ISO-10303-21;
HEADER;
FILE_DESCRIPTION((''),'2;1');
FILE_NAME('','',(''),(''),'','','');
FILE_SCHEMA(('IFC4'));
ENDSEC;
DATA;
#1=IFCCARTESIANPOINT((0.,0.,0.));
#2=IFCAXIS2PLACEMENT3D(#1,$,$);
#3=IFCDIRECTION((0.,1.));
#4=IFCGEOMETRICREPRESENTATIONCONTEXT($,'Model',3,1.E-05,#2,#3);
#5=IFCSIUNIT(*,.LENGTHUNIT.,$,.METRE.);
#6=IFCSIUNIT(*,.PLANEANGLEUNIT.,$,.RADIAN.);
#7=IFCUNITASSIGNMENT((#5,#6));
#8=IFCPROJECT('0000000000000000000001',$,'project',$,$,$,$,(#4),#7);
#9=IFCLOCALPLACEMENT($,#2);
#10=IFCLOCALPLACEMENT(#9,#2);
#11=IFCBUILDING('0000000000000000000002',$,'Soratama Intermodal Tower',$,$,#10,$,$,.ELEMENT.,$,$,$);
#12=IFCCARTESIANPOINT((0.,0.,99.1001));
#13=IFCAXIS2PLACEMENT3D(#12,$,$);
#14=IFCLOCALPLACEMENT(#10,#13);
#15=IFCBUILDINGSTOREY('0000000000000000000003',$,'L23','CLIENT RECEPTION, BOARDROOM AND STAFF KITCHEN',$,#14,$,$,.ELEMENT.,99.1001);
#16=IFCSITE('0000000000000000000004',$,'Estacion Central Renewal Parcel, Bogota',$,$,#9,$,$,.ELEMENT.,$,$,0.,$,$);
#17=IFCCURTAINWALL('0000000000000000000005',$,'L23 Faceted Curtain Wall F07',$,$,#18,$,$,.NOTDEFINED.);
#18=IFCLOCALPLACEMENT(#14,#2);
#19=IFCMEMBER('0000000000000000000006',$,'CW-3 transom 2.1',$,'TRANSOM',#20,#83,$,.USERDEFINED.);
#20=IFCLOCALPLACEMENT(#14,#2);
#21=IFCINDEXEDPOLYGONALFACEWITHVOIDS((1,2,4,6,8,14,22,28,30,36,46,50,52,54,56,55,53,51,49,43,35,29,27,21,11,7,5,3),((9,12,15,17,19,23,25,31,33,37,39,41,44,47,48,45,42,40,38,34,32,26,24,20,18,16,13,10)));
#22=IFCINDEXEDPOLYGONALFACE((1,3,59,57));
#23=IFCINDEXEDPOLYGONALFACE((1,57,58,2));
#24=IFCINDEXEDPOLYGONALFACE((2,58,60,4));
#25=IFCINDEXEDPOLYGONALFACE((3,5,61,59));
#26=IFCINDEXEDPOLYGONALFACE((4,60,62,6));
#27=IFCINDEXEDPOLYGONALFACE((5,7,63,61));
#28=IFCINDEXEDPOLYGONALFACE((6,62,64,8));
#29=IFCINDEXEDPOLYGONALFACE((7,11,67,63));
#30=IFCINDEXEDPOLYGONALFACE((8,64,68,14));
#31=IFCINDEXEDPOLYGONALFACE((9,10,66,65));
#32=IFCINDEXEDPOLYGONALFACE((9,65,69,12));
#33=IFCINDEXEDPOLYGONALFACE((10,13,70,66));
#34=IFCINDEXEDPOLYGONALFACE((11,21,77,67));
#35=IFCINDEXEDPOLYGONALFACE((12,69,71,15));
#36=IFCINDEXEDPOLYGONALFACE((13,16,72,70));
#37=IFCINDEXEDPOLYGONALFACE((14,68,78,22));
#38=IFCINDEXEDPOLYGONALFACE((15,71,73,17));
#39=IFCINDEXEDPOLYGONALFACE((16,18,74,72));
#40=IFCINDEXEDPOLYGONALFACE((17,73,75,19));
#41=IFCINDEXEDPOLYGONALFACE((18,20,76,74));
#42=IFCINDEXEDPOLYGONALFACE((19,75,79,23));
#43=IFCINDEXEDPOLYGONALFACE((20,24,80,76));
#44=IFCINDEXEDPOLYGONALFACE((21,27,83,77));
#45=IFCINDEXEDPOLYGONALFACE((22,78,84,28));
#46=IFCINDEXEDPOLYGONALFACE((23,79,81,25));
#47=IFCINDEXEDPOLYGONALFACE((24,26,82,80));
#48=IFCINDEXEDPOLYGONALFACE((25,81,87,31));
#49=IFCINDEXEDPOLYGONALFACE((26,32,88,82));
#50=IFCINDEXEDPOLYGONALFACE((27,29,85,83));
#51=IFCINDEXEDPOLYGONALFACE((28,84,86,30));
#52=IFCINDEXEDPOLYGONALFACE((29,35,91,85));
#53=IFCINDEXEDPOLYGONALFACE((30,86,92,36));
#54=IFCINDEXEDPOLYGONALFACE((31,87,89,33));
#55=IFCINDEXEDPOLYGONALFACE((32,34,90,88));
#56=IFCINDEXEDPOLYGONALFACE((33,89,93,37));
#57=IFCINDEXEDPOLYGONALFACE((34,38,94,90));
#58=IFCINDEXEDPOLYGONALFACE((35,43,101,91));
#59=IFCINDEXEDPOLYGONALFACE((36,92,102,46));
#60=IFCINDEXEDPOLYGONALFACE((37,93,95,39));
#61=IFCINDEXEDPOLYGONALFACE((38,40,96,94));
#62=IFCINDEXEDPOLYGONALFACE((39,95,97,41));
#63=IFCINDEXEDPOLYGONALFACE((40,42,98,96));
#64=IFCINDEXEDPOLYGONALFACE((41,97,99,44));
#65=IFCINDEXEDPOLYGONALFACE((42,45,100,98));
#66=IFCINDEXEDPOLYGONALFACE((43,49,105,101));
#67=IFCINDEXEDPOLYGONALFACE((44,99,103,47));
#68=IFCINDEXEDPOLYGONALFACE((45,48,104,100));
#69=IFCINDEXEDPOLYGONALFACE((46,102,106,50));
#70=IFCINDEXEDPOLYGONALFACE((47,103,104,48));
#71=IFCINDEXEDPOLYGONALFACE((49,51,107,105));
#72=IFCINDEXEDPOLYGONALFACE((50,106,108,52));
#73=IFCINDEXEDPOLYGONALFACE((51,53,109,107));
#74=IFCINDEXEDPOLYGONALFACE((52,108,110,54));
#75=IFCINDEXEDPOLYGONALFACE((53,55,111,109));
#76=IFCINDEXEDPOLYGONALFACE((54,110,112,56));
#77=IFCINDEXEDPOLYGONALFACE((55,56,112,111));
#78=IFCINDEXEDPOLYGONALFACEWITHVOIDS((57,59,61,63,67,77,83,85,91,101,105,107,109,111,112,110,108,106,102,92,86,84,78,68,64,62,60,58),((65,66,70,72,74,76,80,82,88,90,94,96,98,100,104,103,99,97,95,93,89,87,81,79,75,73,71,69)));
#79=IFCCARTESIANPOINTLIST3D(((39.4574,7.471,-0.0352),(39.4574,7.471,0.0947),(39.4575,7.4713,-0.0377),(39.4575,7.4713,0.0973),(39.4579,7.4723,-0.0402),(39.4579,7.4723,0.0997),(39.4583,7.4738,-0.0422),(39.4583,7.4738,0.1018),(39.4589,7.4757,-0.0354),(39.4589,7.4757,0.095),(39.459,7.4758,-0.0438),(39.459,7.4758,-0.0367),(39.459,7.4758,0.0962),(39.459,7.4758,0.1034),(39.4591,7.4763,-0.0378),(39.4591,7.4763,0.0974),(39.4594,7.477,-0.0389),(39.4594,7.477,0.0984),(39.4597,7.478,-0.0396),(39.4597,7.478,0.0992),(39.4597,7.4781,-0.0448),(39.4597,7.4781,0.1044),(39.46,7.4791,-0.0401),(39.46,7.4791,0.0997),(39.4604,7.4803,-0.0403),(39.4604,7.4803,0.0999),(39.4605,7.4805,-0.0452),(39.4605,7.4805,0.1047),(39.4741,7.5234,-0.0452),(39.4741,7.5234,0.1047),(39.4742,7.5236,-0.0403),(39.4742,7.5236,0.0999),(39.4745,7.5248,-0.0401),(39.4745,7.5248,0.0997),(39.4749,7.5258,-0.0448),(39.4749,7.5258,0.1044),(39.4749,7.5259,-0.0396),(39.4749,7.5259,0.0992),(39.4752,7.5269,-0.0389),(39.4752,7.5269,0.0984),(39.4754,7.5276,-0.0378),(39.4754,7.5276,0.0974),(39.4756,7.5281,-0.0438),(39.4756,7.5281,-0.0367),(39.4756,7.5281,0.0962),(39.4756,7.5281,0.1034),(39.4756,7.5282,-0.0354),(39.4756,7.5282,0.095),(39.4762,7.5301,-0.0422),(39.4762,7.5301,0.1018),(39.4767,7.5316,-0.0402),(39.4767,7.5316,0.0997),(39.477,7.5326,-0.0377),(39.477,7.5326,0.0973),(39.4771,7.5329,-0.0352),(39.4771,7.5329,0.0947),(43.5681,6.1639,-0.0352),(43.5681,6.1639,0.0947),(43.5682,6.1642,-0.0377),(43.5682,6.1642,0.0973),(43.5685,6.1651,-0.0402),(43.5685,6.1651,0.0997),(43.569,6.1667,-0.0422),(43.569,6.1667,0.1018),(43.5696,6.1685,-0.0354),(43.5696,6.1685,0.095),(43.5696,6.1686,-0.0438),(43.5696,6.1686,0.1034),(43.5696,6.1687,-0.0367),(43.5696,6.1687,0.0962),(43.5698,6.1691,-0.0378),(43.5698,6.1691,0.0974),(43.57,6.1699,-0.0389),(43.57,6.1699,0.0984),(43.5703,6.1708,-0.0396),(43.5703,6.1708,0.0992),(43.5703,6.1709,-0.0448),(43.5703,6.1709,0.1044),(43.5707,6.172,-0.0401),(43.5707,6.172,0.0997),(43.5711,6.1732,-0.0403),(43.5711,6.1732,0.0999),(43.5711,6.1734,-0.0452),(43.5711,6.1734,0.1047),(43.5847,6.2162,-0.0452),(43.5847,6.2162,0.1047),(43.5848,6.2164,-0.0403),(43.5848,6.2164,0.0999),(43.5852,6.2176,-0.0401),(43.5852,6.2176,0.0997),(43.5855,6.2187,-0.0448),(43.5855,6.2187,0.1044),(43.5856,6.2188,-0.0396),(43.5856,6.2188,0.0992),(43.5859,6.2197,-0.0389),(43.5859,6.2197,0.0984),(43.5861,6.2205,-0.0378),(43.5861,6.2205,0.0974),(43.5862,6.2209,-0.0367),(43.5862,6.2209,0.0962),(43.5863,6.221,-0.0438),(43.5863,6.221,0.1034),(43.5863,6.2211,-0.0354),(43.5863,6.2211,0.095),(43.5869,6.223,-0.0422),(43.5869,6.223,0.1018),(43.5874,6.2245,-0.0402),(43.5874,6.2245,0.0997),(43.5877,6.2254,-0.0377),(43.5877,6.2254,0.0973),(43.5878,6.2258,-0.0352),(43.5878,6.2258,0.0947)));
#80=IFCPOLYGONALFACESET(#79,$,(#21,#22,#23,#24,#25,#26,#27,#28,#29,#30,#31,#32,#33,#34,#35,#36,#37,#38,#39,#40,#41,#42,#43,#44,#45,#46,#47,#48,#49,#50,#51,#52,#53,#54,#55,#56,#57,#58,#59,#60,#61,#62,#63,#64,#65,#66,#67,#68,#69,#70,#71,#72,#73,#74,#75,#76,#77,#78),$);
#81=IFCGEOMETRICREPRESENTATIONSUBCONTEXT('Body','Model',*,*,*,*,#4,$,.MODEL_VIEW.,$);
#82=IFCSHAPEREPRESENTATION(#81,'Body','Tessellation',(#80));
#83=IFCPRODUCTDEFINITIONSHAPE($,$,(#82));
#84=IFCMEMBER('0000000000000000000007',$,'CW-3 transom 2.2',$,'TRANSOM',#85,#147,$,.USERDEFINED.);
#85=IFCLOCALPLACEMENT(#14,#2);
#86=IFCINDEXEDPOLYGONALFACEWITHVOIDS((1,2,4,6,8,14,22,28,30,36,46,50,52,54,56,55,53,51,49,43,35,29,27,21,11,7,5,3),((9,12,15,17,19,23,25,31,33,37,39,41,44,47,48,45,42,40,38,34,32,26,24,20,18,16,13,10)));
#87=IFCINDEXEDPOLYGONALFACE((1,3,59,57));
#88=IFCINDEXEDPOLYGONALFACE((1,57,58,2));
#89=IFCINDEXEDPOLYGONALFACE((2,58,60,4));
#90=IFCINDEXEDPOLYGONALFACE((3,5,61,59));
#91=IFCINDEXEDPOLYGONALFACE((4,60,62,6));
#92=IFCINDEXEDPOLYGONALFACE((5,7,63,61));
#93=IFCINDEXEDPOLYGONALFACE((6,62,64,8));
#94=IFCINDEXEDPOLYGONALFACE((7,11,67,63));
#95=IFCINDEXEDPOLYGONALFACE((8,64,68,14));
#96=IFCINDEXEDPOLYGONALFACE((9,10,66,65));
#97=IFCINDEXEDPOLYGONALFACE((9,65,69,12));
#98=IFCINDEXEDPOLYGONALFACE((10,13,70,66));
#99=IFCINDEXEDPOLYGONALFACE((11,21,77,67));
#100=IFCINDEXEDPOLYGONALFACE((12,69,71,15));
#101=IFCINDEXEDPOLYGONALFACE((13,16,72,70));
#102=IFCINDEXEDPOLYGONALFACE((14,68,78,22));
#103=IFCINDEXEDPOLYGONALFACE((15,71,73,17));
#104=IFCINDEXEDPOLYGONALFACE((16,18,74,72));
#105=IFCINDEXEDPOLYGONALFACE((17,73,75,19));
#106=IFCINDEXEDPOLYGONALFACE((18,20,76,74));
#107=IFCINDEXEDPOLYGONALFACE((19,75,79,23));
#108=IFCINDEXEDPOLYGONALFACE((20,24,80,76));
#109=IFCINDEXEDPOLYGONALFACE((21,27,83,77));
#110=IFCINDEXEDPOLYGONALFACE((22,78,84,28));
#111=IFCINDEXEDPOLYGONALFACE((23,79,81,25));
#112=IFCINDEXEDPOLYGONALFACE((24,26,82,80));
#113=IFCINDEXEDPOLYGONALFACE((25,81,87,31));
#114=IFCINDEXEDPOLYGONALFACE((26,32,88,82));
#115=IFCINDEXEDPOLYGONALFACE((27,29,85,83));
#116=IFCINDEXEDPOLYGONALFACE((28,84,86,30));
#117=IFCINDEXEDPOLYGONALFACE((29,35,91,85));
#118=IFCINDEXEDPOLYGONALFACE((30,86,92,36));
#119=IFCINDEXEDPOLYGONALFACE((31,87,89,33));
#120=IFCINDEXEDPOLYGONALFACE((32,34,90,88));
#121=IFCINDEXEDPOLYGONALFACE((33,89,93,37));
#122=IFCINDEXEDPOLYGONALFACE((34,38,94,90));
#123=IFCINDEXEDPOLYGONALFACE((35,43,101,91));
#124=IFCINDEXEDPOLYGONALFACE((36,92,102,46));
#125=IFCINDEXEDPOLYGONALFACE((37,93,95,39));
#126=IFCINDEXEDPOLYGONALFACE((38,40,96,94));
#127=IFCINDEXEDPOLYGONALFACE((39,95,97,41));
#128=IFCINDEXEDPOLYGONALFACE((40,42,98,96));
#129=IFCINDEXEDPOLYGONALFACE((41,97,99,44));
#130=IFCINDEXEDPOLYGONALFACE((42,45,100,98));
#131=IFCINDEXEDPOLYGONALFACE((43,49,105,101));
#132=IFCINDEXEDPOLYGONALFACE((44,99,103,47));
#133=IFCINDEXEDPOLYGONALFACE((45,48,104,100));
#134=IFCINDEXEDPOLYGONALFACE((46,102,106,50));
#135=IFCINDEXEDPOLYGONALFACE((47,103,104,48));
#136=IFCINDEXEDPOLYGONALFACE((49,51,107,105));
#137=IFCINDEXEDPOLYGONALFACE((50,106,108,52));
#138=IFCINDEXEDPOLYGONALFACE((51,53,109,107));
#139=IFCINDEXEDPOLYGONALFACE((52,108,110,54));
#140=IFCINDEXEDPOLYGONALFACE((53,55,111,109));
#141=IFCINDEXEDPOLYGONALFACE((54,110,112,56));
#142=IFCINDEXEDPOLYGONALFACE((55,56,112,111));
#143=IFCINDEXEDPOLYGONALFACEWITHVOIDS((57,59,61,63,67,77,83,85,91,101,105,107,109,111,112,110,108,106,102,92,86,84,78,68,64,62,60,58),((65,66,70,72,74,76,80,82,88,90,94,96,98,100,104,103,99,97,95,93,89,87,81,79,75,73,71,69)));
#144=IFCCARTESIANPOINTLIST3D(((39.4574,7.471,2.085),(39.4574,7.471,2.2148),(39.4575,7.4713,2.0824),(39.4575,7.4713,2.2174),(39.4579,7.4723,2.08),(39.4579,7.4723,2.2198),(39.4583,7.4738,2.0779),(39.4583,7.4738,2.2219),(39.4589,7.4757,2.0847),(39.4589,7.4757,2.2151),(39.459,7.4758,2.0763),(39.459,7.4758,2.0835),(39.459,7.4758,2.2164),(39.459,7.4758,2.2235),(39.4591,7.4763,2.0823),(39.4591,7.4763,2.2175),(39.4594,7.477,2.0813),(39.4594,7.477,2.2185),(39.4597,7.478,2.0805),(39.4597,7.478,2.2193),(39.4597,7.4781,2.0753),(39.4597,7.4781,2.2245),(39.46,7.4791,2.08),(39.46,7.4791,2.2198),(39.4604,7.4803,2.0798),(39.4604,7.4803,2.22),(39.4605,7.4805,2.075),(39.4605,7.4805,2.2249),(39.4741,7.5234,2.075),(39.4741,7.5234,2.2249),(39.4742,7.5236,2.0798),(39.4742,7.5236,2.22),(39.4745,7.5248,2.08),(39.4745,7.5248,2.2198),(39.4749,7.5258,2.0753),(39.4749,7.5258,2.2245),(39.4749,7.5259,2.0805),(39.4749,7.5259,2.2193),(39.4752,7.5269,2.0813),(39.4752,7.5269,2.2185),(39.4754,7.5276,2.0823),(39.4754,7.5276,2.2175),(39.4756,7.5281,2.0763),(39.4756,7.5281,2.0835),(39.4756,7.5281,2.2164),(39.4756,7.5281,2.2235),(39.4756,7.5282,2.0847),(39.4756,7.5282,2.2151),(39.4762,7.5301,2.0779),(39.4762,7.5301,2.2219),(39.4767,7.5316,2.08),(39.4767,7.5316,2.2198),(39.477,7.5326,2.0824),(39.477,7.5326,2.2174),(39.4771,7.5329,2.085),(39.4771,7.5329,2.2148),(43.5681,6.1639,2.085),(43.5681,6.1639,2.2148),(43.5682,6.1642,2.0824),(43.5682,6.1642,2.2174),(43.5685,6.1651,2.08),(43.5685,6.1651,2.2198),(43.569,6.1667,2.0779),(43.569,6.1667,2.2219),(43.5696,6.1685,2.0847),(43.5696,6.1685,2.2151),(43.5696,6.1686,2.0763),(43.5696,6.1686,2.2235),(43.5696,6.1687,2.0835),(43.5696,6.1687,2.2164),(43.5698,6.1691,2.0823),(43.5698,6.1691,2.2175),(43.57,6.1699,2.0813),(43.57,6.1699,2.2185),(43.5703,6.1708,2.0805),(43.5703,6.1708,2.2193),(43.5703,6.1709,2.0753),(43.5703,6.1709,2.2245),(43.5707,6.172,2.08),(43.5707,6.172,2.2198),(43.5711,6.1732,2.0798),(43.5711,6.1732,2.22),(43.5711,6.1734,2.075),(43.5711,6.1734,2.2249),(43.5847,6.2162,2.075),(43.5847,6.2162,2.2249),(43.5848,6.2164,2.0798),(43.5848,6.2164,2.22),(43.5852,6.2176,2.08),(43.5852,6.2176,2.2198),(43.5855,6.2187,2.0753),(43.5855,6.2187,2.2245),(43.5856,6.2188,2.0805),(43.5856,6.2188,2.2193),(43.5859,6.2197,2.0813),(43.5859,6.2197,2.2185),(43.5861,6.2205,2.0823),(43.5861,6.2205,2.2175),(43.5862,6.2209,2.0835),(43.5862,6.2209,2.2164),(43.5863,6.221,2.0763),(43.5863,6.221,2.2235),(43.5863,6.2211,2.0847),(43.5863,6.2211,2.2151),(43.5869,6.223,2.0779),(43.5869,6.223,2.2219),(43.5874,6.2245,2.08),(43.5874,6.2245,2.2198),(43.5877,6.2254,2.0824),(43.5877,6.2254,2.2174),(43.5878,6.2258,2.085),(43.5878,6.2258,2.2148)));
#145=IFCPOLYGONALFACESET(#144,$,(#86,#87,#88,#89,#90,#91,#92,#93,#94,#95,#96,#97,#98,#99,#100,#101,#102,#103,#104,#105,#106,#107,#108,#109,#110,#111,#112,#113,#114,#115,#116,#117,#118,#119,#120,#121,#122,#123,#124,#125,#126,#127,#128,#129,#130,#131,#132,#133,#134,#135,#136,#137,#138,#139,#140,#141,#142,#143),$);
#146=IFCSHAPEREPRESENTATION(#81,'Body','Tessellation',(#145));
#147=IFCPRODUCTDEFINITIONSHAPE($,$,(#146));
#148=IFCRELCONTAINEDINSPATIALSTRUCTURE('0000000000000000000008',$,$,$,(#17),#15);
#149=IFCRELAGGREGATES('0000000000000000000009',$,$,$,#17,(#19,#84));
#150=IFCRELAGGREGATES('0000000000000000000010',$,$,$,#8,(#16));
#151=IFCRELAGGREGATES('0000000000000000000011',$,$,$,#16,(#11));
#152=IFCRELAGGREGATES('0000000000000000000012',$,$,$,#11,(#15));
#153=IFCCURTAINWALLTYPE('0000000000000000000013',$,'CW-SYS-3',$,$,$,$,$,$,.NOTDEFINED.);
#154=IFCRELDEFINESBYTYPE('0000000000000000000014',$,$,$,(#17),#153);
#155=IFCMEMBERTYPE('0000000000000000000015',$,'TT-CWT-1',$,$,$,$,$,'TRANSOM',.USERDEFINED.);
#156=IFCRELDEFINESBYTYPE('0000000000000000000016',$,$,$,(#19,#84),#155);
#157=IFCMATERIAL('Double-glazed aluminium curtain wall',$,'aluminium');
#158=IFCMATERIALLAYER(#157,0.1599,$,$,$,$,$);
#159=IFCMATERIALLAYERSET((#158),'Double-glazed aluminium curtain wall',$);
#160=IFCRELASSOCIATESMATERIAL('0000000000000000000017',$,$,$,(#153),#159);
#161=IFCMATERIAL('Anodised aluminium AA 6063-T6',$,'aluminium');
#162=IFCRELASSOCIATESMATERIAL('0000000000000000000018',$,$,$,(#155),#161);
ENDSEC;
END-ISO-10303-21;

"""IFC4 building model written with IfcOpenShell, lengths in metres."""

from ifc_helpers import new_model, si_unit, direction, frame, origin, origin_2d, place, context, subcontext, project, spatial, hollow_rectangle, extrude, material, layer, layer_set, material_profile, profile_set, type_object, element, aggregate, save


model = new_model("IFC4")

# Units and contexts
model_context = context("Model", 3, precision=1e-05, world=origin(), true_north=direction((0.0, 1.0)))
body_context = subcontext(model_context, "Body", "Model", "MODEL_VIEW")
ifc_project = project(units=[si_unit("LENGTHUNIT", "METRE"), si_unit("PLANEANGLEUNIT", "RADIAN")], contexts=[model_context])

# Site, building, storey
site_placement = place(None, origin())
site = spatial("IfcSite", under=ifc_project, at=site_placement, Name="Estacion Central Renewal Parcel, Bogota", CompositionType="ELEMENT", RefElevation=0.0)
building_placement = place(site_placement, origin())
building = spatial("IfcBuilding", under=site, at=building_placement, Name="Soratama Intermodal Tower", CompositionType="ELEMENT")
storey_placement = place(building_placement, frame((0.0, 0.0, 99.1001)))
storey = spatial("IfcBuildingStorey", under=building, at=storey_placement, Name="L23", Description="CLIENT RECEPTION, BOARDROOM AND STAFF KITCHEN", CompositionType="ELEMENT", Elevation=99.1001)

# Curtain wall, members
ifc_material_1 = material(Name="Double-glazed aluminium curtain wall", Category="aluminium")
ifc_layer_1 = layer(ifc_material_1, 0.1599)
ifc_layer_set_1 = layer_set([ifc_layer_1], Name="Double-glazed aluminium curtain wall")
curtain_wall_type = type_object("IfcCurtainWallType", Name="CW-SYS-3", PredefinedType="NOTDEFINED", material=ifc_layer_set_1)
curtain_wall_placement = place(storey_placement, origin())
curtain_wall = element("IfcCurtainWall", 1, at=curtain_wall_placement, inside=storey, type_object=curtain_wall_type, Name="L23 Faceted Curtain Wall F07", PredefinedType="NOTDEFINED")
ifc_material_2 = material(Name="Anodised aluminium AA 6063-T6", Category="aluminium")
ifc_material_profile_1 = material_profile(ifc_material_2, hollow_rectangle(XDim=0.0649, YDim=0.1499, WallThickness=0.0049, InnerFilletRadius=0.0049, OuterFilletRadius=0.01, at=origin_2d()), Name="CWT150X65X5")
ifc_profile_set_1 = profile_set([ifc_material_profile_1], Name="Anodised aluminium AA 6063-T6")
member_type_1 = type_object("IfcMemberType", Name="TT-CWT-1", ElementType="TRANSOM", PredefinedType="USERDEFINED", material=ifc_profile_set_1)
member_1_placement = place(storey_placement, frame((39.4673, 7.502, 0.0298), z_axis=(0.952979, -0.303038, 0.0), x_axis=(0.303038, 0.952979, 0.0)))
member_1 = element("IfcMember", 2, at=member_1_placement, type_object=member_type_1, Name="CW-3 transom 2.1", ObjectType="TRANSOM", PredefinedType="USERDEFINED", context=body_context, shape_type="SweptSolid", body=[
    extrude(hollow_rectangle(XDim=0.0649, YDim=0.1499, WallThickness=0.0049, InnerFilletRadius=0.0049, OuterFilletRadius=0.01, at=origin_2d()), origin(), (0.0, 0.0, 1.0), 4.3135),
])
member_2_placement = place(storey_placement, frame((39.4673, 7.502, 2.1499), z_axis=(0.952979, -0.303038, 0.0), x_axis=(0.303038, 0.952979, 0.0)))
member_2 = element("IfcMember", 3, at=member_2_placement, type_object=member_type_1, Name="CW-3 transom 2.2", ObjectType="TRANSOM", PredefinedType="USERDEFINED", context=body_context, shape_type="SweptSolid", body=[
    extrude(hollow_rectangle(XDim=0.0649, YDim=0.1499, WallThickness=0.0049, InnerFilletRadius=0.0049, OuterFilletRadius=0.01, at=origin_2d()), origin(), (0.0, 0.0, 1.0), 4.3135),
])
aggregate(curtain_wall, [member_1, member_2])

save(model, "model.ifc")
